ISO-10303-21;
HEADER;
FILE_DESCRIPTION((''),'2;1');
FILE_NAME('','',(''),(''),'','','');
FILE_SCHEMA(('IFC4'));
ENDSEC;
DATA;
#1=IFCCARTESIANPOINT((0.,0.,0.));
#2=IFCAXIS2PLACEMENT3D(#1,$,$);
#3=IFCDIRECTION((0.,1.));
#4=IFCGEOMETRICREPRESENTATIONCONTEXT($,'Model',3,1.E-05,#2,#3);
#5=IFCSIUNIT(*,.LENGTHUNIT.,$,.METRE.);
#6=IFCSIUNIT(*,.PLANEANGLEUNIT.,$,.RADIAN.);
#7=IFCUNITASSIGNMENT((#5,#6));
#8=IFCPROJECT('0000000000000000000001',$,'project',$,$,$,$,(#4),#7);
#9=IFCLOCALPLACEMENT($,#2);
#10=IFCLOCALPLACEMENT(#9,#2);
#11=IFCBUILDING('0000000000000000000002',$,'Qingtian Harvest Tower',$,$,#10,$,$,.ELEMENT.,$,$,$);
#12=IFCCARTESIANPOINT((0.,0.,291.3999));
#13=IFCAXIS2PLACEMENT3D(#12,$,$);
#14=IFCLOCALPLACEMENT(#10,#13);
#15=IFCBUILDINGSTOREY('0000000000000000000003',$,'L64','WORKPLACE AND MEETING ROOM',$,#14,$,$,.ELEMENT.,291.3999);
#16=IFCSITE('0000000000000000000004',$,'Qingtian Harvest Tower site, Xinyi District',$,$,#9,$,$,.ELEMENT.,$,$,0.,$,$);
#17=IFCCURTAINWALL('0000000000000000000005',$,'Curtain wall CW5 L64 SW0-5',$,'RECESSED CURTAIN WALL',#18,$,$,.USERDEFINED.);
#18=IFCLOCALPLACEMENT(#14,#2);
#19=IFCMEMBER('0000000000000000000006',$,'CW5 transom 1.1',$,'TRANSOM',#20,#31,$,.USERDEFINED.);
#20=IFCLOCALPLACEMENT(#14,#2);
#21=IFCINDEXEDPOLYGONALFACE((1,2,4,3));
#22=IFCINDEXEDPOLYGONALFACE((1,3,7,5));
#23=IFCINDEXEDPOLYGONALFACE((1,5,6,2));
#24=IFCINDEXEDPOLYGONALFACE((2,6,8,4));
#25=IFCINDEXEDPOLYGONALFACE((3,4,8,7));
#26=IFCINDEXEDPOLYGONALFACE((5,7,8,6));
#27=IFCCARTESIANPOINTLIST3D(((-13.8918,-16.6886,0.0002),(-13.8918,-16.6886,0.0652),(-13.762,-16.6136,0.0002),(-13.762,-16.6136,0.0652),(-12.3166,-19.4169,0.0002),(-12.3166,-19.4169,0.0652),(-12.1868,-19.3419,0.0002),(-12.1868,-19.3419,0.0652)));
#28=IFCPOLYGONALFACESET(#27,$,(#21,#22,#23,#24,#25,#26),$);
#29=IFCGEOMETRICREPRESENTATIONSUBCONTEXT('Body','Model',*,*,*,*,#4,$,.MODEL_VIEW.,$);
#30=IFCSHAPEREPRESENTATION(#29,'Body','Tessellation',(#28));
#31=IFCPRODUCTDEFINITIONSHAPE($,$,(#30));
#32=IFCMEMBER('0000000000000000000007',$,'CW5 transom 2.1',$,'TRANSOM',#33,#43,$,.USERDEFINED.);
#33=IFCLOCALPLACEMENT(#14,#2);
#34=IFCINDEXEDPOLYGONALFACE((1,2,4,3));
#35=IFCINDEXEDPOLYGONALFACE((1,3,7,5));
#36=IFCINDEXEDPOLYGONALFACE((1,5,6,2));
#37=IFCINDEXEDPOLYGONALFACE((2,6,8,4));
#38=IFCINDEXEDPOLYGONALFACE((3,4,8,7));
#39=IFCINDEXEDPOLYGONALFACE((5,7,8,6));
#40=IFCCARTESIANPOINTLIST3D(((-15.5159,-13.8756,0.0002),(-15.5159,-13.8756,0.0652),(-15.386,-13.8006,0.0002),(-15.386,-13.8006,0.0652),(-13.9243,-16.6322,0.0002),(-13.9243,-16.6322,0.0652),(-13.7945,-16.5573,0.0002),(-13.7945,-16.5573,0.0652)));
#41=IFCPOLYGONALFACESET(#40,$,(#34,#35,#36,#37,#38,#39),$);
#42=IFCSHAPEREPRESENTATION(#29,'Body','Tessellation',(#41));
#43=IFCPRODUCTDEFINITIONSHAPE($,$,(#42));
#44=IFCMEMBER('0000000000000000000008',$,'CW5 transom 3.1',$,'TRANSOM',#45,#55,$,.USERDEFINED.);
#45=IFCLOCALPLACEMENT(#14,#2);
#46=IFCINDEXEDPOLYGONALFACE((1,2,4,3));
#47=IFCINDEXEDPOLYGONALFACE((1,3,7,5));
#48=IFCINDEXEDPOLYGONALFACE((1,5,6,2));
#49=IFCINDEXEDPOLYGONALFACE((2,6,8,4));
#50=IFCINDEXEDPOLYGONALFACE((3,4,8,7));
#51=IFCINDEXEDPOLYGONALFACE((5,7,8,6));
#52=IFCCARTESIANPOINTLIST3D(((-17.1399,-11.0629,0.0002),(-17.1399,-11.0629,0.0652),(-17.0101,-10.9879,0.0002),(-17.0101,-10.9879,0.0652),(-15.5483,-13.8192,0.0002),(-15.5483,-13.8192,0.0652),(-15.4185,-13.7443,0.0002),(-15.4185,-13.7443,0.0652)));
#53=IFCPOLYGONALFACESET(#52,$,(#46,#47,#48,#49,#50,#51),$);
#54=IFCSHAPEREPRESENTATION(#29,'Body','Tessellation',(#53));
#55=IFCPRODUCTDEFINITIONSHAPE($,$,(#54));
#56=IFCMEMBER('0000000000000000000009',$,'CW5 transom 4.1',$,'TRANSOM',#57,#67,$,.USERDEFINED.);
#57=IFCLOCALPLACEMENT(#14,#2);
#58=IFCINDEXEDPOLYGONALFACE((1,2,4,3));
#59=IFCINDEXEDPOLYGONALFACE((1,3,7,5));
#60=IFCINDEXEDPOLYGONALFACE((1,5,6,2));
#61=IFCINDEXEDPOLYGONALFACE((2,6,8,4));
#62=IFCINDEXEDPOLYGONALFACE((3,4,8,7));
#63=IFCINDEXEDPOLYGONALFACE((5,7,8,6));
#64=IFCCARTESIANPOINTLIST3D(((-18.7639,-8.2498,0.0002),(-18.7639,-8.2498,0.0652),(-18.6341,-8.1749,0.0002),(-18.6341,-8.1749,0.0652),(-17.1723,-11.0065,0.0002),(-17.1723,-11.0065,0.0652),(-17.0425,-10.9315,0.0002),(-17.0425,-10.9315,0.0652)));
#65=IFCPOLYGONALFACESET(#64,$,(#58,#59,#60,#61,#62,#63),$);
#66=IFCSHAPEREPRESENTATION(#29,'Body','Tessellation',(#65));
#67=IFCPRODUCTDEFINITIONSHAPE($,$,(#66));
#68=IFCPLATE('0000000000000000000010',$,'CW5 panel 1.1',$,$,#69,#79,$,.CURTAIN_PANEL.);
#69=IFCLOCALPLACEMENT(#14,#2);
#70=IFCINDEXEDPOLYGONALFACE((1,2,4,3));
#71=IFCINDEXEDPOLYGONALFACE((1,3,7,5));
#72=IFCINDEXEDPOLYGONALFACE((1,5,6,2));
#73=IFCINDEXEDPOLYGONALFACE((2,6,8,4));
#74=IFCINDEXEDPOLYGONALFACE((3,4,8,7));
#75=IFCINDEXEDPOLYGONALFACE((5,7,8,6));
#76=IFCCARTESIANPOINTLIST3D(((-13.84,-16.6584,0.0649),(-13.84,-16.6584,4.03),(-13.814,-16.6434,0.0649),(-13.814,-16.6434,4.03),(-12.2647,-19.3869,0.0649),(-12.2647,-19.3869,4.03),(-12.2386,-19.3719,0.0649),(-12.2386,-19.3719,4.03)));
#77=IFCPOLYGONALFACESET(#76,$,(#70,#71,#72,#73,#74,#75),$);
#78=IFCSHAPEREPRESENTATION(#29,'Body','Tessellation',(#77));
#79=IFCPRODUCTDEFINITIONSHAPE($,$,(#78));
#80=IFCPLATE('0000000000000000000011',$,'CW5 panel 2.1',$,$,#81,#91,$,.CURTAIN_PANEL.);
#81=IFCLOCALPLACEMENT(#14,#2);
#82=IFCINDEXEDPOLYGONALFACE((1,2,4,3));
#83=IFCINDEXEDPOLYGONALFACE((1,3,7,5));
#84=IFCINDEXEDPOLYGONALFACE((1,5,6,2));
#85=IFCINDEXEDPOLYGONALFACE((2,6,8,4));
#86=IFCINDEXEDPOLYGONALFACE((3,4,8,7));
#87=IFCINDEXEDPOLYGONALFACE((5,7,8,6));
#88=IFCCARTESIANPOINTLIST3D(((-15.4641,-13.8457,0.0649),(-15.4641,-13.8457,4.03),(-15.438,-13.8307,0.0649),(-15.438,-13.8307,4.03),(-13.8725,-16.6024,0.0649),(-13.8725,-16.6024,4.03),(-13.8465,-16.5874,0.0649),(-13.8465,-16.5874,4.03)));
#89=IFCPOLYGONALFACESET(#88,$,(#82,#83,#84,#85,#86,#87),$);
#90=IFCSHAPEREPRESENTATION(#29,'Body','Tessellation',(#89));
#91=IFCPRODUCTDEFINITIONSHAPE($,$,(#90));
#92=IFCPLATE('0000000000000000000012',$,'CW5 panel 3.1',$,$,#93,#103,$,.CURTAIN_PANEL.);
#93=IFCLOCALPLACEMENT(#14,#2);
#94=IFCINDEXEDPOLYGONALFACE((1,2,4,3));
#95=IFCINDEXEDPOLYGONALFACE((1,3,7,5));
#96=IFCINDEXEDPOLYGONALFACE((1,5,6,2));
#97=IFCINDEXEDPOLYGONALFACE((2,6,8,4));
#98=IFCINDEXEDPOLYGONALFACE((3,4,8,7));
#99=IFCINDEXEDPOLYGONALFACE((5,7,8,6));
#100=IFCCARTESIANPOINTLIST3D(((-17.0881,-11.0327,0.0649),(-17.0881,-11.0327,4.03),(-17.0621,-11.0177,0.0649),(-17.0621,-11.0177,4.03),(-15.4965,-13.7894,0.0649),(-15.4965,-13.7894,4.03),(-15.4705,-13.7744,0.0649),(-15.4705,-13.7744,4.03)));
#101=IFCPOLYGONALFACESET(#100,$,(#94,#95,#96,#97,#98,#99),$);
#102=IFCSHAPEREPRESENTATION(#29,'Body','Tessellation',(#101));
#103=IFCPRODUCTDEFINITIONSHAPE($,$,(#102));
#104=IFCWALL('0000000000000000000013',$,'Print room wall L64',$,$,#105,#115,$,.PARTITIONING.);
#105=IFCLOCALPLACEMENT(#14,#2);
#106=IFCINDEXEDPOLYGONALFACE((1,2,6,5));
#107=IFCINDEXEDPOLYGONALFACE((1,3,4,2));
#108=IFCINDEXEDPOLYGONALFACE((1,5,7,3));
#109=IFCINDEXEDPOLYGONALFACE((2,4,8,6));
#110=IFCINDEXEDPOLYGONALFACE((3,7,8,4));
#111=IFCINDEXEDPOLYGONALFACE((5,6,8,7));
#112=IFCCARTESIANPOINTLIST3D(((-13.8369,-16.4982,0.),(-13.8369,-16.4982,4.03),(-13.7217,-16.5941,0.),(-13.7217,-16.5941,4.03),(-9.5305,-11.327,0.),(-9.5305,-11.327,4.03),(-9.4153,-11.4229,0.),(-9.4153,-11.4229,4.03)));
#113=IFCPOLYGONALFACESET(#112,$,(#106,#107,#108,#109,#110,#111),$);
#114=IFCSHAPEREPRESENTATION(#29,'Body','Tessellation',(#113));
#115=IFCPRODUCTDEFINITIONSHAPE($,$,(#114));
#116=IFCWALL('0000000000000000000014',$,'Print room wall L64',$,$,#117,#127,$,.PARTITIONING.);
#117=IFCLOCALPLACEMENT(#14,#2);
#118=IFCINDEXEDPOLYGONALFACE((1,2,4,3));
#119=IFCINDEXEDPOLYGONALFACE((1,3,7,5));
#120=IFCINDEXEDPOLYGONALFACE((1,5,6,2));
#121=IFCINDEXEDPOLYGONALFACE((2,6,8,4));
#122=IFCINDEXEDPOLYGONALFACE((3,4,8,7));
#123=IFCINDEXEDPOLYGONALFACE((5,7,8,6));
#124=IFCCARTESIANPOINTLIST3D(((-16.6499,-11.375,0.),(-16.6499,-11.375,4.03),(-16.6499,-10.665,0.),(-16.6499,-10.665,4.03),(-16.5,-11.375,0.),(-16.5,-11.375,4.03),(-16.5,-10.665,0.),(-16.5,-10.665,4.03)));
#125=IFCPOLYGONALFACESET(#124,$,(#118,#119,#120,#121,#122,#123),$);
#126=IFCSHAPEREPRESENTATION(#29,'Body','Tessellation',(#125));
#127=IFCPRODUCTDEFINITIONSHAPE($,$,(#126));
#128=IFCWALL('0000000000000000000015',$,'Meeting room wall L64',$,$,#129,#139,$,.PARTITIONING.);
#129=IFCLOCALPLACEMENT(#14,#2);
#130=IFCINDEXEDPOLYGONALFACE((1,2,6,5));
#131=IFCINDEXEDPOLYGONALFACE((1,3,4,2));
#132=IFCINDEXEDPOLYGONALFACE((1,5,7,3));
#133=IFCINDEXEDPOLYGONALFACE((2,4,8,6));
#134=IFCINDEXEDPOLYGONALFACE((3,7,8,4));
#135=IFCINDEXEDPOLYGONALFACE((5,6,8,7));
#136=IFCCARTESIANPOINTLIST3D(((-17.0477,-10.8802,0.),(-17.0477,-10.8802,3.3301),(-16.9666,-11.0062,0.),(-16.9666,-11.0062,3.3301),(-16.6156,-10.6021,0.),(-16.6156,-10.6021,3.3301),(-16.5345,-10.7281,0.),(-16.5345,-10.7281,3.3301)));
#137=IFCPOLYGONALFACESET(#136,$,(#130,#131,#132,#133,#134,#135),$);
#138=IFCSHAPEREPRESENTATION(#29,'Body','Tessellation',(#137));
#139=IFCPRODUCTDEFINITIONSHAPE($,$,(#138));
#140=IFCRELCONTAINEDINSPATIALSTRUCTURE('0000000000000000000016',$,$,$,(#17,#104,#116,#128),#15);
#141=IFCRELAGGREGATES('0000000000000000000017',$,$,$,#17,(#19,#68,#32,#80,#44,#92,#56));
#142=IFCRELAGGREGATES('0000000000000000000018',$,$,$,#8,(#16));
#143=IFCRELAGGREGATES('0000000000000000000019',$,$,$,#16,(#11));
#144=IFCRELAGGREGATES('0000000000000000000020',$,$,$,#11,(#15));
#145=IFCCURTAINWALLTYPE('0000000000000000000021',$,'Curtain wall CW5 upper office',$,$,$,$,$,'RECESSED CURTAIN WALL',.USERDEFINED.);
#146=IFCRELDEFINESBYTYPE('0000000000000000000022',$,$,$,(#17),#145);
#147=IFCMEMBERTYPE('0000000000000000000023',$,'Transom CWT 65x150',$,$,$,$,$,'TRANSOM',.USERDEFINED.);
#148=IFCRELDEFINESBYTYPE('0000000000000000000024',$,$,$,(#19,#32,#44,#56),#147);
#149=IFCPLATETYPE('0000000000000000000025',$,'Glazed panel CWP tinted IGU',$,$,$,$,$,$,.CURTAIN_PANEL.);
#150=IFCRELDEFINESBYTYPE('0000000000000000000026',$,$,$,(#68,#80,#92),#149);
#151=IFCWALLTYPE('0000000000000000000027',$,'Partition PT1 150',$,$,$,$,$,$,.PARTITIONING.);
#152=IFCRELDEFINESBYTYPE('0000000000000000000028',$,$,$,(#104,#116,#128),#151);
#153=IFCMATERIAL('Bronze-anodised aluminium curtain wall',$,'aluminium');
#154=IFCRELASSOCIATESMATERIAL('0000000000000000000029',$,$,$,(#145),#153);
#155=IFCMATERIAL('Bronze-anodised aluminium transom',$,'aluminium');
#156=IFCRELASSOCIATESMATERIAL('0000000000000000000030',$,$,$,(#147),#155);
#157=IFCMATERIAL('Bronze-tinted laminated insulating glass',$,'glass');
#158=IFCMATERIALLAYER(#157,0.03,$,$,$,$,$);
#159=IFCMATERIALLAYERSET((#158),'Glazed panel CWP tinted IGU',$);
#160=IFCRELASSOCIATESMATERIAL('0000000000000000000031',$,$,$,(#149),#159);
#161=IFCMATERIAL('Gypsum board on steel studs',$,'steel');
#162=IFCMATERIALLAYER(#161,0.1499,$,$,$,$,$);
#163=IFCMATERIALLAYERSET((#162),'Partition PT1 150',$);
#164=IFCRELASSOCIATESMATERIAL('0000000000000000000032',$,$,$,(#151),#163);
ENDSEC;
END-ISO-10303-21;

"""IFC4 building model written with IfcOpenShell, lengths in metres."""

from ifc_helpers import new_model, si_unit, direction, frame, frame_2d, origin, origin_2d, place, context, subcontext, project, spatial, rectangle, extrude, material, layer, layer_set, material_profile, profile_set, type_object, element, aggregate, save


model = new_model("IFC4")

# Units and contexts
model_context = context("Model", 3, precision=1e-05, world=origin(), true_north=direction((0.0, 1.0)))
body_context = subcontext(model_context, "Body", "Model", "MODEL_VIEW")
ifc_project = project(units=[si_unit("LENGTHUNIT", "METRE"), si_unit("PLANEANGLEUNIT", "RADIAN")], contexts=[model_context])

# Site, building, storey
site_placement = place(None, origin())
site = spatial("IfcSite", under=ifc_project, at=site_placement, Name="Qingtian Harvest Tower site, Xinyi District", CompositionType="ELEMENT", RefElevation=0.0)
building_placement = place(site_placement, origin())
building = spatial("IfcBuilding", under=site, at=building_placement, Name="Qingtian Harvest Tower", CompositionType="ELEMENT")
storey_placement = place(building_placement, frame((0.0, 0.0, 291.3999)))
storey = spatial("IfcBuildingStorey", under=building, at=storey_placement, Name="L64", Description="WORKPLACE AND MEETING ROOM", CompositionType="ELEMENT", Elevation=291.3999)

# Curtain wall
ifc_material_1 = material(Name="Bronze-anodised aluminium curtain wall", Category="aluminium")
curtain_wall_type = type_object("IfcCurtainWallType", Name="Curtain wall CW5 upper office", ElementType="RECESSED CURTAIN WALL", PredefinedType="USERDEFINED", material=ifc_material_1)
curtain_wall_placement = place(storey_placement, origin())
curtain_wall = element("IfcCurtainWall", 1, at=curtain_wall_placement, inside=storey, type_object=curtain_wall_type, Name="Curtain wall CW5 L64 SW0-5", ObjectType="RECESSED CURTAIN WALL", PredefinedType="USERDEFINED")

# Members
ifc_material_2 = material(Name="Bronze-anodised aluminium transom", Category="aluminium")
ifc_material_profile_1 = material_profile(ifc_material_2, rectangle(XDim=0.1499, YDim=0.0649, at=origin_2d()), Name="AL 65x150")
ifc_profile_set_1 = profile_set([ifc_material_profile_1], Name="Bronze-anodised aluminium transom")
member_type_1 = type_object("IfcMemberType", Name="Transom CWT 65x150", ElementType="TRANSOM", PredefinedType="USERDEFINED", material=ifc_profile_set_1)
member_1_placement = place(storey_placement, frame((-12.2517, -19.3794, 0.0327), z_axis=(-0.500006, 0.866022, 0.0), x_axis=(-0.866022, -0.500006, 0.0)))
member_1 = element("IfcMember", 2, at=member_1_placement, type_object=member_type_1, Name="CW5 transom 1.1", ObjectType="TRANSOM", PredefinedType="USERDEFINED", context=body_context, shape_type="SweptSolid", body=[
    extrude(rectangle(XDim=0.1499, YDim=0.0649, at=origin_2d()), origin(), (0.0, 0.0, 1.0), 3.1504),
])
member_2_placement = place(storey_placement, frame((-13.8594, -16.5947, 0.0327), z_axis=(-0.500008, 0.866021, 0.0), x_axis=(-0.866021, -0.500008, 0.0)))
member_2 = element("IfcMember", 3, at=member_2_placement, type_object=member_type_1, Name="CW5 transom 2.1", ObjectType="TRANSOM", PredefinedType="USERDEFINED", context=body_context, shape_type="SweptSolid", body=[
    extrude(rectangle(XDim=0.1499, YDim=0.0649, at=origin_2d()), origin(), (0.0, 0.0, 1.0), 3.1831),
])
member_3_placement = place(storey_placement, frame((-15.4834, -13.7817, 0.0327), z_axis=(-0.500041, 0.866002, 0.0), x_axis=(-0.866002, -0.500041, 0.0)))
member_3 = element("IfcMember", 4, at=member_3_placement, type_object=member_type_1, Name="CW5 transom 3.1", ObjectType="TRANSOM", PredefinedType="USERDEFINED", context=body_context, shape_type="SweptSolid", body=[
    extrude(rectangle(XDim=0.1499, YDim=0.0649, at=origin_2d()), origin(), (0.0, 0.0, 1.0), 3.1829),
])
member_4_placement = place(storey_placement, frame((-17.1074, -10.969, 0.0327), z_axis=(-0.500008, 0.866021, 0.0), x_axis=(-0.866021, -0.500008, 0.0)))
member_4 = element("IfcMember", 5, at=member_4_placement, type_object=member_type_1, Name="CW5 transom 4.1", ObjectType="TRANSOM", PredefinedType="USERDEFINED", context=body_context, shape_type="SweptSolid", body=[
    extrude(rectangle(XDim=0.1499, YDim=0.0649, at=origin_2d()), origin(), (0.0, 0.0, 1.0), 3.1831),
])

# Plates
ifc_material_3 = material(Name="Bronze-tinted laminated insulating glass", Category="glass")
ifc_layer_1 = layer(ifc_material_3, 0.03)
ifc_layer_set_1 = layer_set([ifc_layer_1], Name="Glazed panel CWP tinted IGU")
plate_type = type_object("IfcPlateType", Name="Glazed panel CWP tinted IGU", PredefinedType="CURTAIN_PANEL", material=ifc_layer_set_1)
plate_1_placement = place(storey_placement, frame((-13.0393, -18.0151, 0.0649), z_axis=(0.0, 0.0, 1.0), x_axis=(-0.5, 0.866025, 0.0)))
plate_1 = element("IfcPlate", 6, at=plate_1_placement, type_object=plate_type, Name="CW5 panel 1.1", PredefinedType="CURTAIN_PANEL", context=body_context, shape_type="SweptSolid", body=[
    extrude(rectangle(XDim=3.1506, YDim=0.03, at=origin_2d()), origin(), (0.0, 0.0, 1.0), 3.9651),
])
plate_2_placement = place(storey_placement, frame((-14.6553, -15.2166, 0.0649), z_axis=(0.0, 0.0, 1.0), x_axis=(-0.5, 0.866025, 0.0)))
plate_2 = element("IfcPlate", 7, at=plate_2_placement, type_object=plate_type, Name="CW5 panel 2.1", PredefinedType="CURTAIN_PANEL", context=body_context, shape_type="SweptSolid", body=[
    extrude(rectangle(XDim=3.1831, YDim=0.03, at=origin_2d()), origin(), (0.0, 0.0, 1.0), 3.9651),
])
plate_3_placement = place(storey_placement, frame((-16.2793, -12.4036, 0.0649), z_axis=(0.0, 0.0, 1.0), x_axis=(-0.5, 0.866025, 0.0)))
plate_3 = element("IfcPlate", 8, at=plate_3_placement, type_object=plate_type, Name="CW5 panel 3.1", PredefinedType="CURTAIN_PANEL", context=body_context, shape_type="SweptSolid", body=[
    extrude(rectangle(XDim=3.1831, YDim=0.03, at=origin_2d()), origin(), (0.0, 0.0, 1.0), 3.9651),
])
aggregate(curtain_wall, [member_1, plate_1, member_2, plate_2, member_3, plate_3, member_4])

# Walls
ifc_material_4 = material(Name="Gypsum board on steel studs", Category="steel")
ifc_layer_2 = layer(ifc_material_4, 0.1499)
ifc_layer_set_2 = layer_set([ifc_layer_2], Name="Partition PT1 150")
wall_type = type_object("IfcWallType", Name="Partition PT1 150", PredefinedType="PARTITIONING", material=ifc_layer_set_2)
wall_1_placement = place(storey_placement, frame((-13.7793, -16.5461, 0.0), z_axis=(0.0, 0.0, 1.0), x_axis=(0.639931, 0.768432, 0.0)))
element("IfcWall", 9, at=wall_1_placement, inside=storey, type_object=wall_type, Name="Print room wall L64", PredefinedType="PARTITIONING", context=body_context, shape_type="SweptSolid", body=[
    extrude(rectangle(XDim=6.7295, YDim=0.1499, at=frame_2d((3.3647, 0.0))), origin(), (0.0, 0.0, 1.0), 4.03),
])
wall_2_placement = place(storey_placement, frame((-16.575, -11.375, 0.0), z_axis=(0.0, 0.0, 1.0), x_axis=(0.0, 1.0, 0.0)))
element("IfcWall", 10, at=wall_2_placement, inside=storey, type_object=wall_type, Name="Print room wall L64", PredefinedType="PARTITIONING", context=body_context, shape_type="SweptSolid", body=[
    extrude(rectangle(XDim=0.71, YDim=0.1499, at=frame_2d((0.355, 0.0))), origin(), (0.0, 0.0, 1.0), 4.03),
])
wall_3_placement = place(storey_placement, frame((-17.0071, -10.9431, 0.0), z_axis=(0.0, 0.0, 1.0), x_axis=(0.840931, 0.541142, 0.0)))
element("IfcWall", 11, at=wall_3_placement, inside=storey, type_object=wall_type, Name="Meeting room wall L64", PredefinedType="PARTITIONING", context=body_context, shape_type="SweptSolid", body=[
    extrude(rectangle(XDim=0.5139, YDim=0.1499, at=frame_2d((0.2568, 0.0))), origin(), (0.0, 0.0, 1.0), 3.3301),
])

save(model, "model.ifc")
